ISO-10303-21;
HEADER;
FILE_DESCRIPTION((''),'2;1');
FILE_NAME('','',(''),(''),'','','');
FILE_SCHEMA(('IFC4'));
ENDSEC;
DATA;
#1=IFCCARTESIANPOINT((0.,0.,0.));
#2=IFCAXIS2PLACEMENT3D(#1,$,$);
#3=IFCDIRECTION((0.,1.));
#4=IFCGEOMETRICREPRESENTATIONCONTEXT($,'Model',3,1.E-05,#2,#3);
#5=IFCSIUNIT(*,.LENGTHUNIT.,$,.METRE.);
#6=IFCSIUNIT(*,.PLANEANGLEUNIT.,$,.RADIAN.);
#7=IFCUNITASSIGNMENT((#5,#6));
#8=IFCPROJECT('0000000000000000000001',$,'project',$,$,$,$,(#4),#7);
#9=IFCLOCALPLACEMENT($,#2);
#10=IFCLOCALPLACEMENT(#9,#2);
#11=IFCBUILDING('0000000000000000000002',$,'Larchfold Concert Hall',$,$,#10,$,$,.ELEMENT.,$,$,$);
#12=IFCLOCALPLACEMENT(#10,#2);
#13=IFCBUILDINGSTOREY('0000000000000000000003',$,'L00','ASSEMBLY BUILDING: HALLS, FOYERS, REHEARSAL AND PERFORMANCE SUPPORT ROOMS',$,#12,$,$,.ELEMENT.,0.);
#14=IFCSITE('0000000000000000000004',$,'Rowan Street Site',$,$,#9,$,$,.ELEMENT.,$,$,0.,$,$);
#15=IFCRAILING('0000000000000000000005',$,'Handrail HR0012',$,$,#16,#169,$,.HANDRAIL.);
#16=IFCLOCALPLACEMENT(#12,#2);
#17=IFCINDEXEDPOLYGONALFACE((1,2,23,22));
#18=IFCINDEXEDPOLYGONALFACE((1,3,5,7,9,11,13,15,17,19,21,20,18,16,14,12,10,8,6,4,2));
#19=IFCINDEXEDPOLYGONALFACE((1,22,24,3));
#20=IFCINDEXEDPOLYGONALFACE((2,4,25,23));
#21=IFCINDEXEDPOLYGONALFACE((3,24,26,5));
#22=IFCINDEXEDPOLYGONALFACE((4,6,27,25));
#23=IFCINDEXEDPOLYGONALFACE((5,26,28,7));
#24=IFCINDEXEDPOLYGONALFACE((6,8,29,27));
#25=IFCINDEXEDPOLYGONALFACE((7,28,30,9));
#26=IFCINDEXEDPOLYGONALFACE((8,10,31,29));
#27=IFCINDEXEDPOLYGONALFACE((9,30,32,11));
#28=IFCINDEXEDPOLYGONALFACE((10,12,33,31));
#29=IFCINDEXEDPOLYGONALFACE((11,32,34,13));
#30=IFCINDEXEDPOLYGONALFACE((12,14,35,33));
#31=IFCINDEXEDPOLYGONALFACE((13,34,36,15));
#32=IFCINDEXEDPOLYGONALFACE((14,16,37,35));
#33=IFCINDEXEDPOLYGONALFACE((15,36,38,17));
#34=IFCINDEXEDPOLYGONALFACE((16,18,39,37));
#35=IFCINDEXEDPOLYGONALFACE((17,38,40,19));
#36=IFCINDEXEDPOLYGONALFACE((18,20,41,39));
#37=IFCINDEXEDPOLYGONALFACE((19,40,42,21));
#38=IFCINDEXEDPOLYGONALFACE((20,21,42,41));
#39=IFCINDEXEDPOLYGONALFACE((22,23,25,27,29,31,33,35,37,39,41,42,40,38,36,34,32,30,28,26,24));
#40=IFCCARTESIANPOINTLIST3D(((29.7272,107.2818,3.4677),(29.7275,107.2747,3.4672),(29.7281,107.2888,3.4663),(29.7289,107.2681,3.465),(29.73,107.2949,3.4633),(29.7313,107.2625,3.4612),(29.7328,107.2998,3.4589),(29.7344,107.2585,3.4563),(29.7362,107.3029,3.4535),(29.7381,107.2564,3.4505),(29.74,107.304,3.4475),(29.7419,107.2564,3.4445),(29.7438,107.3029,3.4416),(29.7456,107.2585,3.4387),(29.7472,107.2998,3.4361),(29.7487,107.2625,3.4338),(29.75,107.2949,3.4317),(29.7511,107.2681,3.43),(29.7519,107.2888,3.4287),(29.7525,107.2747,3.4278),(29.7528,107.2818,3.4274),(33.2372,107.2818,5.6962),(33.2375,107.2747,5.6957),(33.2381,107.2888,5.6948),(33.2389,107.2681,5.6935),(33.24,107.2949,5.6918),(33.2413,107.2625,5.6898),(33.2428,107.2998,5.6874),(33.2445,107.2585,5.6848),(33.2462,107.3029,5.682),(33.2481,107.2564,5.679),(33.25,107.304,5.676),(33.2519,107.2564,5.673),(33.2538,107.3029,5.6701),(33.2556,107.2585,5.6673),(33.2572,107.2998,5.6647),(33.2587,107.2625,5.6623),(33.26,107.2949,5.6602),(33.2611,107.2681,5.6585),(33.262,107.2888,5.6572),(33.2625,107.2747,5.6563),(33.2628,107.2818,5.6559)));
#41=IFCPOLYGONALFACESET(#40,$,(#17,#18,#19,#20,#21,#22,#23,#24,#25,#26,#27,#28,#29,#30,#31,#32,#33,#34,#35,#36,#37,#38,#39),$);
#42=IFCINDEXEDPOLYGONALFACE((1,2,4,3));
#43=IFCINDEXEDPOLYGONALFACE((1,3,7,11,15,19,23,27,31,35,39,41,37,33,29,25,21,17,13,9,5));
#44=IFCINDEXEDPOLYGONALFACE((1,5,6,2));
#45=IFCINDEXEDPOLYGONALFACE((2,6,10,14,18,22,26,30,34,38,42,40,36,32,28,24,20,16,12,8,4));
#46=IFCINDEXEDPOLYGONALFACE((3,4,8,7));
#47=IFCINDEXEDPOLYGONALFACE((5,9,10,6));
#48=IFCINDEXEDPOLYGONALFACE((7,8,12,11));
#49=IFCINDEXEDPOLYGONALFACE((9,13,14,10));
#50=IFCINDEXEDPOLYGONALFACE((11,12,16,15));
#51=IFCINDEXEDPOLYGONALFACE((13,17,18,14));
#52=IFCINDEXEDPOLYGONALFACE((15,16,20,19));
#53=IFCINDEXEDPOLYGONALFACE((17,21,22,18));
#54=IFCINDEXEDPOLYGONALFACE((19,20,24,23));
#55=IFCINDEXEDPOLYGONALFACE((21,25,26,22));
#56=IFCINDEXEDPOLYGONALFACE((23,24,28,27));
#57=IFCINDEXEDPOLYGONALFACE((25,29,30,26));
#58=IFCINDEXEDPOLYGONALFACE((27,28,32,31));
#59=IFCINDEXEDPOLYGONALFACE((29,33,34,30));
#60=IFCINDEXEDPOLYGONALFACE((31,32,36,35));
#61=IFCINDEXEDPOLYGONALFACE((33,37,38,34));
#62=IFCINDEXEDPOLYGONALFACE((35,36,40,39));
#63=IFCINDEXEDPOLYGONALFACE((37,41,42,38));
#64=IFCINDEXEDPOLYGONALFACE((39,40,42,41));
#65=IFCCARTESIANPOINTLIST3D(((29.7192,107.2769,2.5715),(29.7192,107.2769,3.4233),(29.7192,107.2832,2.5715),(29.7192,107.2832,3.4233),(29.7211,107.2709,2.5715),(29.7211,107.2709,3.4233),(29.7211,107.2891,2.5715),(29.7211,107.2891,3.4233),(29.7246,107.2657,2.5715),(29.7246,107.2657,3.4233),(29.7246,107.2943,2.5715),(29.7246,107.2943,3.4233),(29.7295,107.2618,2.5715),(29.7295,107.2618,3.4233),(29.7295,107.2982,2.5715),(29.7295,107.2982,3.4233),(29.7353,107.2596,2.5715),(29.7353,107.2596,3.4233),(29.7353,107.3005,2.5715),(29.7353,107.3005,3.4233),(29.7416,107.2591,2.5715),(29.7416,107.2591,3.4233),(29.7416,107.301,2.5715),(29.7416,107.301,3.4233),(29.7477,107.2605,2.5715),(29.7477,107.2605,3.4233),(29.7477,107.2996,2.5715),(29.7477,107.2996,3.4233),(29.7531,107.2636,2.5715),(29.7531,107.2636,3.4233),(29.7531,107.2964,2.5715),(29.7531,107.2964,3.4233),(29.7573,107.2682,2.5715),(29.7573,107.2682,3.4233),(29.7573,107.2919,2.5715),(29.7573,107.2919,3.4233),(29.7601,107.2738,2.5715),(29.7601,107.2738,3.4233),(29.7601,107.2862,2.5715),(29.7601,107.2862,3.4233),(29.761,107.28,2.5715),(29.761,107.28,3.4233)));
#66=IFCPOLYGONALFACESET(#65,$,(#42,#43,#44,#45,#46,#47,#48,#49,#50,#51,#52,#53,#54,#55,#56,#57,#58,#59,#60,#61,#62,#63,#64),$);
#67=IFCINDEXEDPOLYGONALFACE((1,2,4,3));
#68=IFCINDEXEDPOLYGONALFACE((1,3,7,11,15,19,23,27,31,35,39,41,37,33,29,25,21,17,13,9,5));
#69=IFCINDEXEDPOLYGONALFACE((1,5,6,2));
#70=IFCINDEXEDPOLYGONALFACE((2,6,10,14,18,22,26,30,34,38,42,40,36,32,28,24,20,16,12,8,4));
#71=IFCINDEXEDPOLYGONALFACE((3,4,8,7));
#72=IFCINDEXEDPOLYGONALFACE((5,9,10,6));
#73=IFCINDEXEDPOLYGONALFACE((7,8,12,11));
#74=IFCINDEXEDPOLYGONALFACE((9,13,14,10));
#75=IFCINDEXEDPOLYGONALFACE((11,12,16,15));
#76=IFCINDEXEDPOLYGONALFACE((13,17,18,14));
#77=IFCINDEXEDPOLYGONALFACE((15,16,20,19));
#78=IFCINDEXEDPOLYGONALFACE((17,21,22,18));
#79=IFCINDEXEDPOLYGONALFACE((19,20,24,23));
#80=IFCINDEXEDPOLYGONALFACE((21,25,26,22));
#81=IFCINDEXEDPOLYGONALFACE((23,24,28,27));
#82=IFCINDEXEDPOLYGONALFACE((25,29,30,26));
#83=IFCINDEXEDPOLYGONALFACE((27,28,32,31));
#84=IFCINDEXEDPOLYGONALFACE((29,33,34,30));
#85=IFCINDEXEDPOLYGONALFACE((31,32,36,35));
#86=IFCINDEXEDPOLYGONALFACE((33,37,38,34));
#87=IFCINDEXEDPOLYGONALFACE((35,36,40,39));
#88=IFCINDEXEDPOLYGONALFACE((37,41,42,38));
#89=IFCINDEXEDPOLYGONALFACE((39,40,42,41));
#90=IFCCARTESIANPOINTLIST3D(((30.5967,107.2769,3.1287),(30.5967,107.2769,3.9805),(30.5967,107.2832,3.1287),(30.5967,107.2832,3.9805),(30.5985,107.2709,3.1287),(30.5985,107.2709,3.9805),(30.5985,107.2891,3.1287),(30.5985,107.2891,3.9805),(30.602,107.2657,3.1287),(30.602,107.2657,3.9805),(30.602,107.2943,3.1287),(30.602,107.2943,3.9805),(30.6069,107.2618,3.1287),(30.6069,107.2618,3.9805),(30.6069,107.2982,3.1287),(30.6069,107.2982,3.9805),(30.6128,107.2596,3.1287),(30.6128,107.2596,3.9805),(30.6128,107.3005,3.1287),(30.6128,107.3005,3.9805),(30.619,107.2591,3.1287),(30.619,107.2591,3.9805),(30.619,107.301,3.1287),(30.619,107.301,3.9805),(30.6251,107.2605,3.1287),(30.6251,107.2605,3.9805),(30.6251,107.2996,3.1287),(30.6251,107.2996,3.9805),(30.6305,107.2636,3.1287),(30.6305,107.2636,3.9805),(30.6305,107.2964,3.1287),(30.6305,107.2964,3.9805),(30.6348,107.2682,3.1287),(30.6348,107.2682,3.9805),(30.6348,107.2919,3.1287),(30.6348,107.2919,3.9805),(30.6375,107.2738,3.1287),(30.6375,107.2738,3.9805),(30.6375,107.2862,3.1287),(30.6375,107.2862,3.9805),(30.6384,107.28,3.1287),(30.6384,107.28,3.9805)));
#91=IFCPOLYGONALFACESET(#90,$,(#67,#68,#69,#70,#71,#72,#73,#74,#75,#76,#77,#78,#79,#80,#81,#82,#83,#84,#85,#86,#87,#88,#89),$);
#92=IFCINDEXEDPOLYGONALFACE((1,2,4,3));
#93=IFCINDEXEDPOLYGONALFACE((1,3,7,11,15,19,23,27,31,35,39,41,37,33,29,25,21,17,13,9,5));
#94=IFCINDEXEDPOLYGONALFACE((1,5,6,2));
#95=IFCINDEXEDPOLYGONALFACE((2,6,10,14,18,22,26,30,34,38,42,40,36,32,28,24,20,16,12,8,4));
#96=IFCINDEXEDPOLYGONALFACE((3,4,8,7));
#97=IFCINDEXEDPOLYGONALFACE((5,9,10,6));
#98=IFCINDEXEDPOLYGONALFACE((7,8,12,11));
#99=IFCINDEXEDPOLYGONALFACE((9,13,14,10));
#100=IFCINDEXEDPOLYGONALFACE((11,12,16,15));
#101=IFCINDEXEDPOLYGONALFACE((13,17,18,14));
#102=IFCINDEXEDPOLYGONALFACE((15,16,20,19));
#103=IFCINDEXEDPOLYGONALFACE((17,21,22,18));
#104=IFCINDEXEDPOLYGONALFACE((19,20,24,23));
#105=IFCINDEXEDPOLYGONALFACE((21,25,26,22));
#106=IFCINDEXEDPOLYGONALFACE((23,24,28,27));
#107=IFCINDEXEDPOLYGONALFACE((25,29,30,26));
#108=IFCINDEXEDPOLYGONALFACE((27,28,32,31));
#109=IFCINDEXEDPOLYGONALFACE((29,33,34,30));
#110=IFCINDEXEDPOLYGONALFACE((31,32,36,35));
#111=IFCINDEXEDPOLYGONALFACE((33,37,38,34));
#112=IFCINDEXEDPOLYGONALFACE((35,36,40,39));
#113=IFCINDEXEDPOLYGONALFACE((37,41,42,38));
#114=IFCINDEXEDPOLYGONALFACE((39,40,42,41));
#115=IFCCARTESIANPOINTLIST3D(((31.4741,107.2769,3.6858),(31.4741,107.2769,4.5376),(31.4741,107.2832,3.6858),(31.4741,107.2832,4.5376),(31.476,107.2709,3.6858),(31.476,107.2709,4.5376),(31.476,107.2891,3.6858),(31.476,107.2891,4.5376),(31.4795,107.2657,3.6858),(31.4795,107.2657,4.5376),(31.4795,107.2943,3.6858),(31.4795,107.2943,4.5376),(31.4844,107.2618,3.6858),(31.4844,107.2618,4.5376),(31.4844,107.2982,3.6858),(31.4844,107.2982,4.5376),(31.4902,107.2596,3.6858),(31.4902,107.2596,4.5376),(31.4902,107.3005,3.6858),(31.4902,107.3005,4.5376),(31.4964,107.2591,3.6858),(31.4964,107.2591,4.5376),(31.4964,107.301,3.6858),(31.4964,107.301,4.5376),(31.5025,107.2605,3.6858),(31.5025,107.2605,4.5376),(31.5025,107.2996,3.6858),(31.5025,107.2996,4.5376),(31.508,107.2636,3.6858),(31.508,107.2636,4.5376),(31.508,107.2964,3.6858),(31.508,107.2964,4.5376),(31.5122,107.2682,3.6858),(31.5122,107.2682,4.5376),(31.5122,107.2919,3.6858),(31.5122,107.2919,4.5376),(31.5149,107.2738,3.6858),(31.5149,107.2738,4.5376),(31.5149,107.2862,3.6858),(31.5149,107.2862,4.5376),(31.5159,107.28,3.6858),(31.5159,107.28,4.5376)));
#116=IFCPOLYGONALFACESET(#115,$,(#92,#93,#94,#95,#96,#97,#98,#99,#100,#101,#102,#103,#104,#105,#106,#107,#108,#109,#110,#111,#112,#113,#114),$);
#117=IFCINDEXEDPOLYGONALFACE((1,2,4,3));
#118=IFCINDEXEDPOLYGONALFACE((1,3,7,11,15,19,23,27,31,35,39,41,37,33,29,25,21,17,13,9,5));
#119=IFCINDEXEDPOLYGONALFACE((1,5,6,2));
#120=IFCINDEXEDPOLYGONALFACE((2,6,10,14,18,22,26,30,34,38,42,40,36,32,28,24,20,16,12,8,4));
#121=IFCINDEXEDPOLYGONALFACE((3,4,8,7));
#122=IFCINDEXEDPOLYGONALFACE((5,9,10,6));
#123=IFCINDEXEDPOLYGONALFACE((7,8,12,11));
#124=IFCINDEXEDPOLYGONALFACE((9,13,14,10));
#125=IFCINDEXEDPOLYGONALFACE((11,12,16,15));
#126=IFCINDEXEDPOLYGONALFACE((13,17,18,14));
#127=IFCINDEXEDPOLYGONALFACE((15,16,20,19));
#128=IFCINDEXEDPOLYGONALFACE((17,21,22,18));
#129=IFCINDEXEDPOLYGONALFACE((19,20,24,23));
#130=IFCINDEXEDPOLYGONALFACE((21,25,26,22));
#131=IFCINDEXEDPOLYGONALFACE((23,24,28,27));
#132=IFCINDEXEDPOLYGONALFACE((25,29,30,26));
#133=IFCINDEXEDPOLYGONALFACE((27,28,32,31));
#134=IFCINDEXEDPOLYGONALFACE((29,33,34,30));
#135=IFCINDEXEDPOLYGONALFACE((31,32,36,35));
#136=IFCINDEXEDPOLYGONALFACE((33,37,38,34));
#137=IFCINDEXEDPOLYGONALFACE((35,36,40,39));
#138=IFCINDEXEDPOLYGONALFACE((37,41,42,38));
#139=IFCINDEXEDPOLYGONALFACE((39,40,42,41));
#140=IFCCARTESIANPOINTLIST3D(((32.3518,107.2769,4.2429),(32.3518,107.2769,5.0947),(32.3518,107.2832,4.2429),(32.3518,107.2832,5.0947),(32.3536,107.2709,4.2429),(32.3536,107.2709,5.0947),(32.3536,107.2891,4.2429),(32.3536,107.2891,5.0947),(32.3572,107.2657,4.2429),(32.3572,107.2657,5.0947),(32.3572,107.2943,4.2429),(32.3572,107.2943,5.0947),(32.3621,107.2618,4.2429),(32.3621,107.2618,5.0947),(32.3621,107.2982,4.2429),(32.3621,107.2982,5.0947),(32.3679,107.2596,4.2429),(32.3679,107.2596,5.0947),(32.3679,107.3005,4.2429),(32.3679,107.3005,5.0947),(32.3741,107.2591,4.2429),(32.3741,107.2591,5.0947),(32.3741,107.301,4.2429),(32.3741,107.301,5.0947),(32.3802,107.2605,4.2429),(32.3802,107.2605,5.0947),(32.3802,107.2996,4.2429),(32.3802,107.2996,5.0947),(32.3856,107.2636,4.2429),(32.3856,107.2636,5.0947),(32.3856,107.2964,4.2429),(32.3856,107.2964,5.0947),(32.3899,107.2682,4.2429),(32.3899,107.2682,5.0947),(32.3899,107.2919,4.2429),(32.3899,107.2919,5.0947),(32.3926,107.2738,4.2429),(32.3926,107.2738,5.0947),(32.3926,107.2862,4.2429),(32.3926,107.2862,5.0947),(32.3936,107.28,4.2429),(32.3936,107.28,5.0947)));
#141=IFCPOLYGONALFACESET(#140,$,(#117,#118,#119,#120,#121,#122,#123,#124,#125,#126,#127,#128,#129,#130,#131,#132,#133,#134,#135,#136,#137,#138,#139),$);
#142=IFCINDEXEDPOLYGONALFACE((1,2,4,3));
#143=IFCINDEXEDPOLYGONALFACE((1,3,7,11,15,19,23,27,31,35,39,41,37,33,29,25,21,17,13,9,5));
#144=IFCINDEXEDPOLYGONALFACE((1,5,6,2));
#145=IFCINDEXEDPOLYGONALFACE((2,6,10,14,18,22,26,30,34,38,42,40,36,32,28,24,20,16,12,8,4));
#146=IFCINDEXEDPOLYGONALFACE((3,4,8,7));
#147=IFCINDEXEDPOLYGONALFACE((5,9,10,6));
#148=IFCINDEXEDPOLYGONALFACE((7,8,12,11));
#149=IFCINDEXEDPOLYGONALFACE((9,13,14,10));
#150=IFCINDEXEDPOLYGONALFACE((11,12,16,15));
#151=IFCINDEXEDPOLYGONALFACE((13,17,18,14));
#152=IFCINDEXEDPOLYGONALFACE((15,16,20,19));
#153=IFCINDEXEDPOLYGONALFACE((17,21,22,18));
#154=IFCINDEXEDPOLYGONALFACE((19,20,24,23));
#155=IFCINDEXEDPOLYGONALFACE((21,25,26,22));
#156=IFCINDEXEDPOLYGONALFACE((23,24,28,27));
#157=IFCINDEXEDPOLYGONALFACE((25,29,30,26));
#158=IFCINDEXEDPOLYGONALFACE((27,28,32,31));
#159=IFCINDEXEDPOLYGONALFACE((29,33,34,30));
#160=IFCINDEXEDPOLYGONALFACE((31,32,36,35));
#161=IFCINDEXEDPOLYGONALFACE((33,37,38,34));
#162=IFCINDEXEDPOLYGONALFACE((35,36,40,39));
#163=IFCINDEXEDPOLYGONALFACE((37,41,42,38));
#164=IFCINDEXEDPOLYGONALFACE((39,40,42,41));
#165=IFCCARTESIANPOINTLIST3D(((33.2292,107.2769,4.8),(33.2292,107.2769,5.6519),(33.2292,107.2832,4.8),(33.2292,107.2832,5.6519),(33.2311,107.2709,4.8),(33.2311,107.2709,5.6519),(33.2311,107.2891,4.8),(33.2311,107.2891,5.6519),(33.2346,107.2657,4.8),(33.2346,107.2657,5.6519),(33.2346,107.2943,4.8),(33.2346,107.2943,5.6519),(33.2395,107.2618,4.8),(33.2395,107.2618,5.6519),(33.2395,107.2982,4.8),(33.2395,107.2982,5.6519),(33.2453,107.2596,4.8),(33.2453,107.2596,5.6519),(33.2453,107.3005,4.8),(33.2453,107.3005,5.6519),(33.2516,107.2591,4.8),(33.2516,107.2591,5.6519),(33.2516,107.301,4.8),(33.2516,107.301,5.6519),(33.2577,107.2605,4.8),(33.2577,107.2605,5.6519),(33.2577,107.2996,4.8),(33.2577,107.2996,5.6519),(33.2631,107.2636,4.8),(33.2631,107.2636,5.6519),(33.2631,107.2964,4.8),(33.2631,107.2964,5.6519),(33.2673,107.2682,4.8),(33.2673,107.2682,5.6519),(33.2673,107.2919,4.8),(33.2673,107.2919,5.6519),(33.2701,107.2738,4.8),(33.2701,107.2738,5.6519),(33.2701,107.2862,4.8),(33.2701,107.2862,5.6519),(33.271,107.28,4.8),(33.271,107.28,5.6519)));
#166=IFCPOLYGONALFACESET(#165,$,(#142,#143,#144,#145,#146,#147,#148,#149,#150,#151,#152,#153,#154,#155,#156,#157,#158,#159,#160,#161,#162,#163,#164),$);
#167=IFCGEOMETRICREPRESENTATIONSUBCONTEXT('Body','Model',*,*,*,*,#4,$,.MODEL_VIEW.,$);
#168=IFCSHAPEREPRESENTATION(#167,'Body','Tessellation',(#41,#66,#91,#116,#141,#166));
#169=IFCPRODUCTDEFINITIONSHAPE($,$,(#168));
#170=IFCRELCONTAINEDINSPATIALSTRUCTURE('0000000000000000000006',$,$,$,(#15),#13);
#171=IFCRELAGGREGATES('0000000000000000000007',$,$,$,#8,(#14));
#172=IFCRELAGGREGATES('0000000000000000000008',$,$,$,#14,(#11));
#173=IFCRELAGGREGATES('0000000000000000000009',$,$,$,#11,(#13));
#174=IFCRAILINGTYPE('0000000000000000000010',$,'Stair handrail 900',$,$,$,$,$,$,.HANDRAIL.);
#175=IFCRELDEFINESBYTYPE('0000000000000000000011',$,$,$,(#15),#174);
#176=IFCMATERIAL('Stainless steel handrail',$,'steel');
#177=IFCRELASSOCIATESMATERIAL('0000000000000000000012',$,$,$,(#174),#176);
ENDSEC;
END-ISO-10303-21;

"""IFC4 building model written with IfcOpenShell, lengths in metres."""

from ifc_helpers import new_model, si_unit, direction, frame, origin, origin_2d, place, context, subcontext, project, spatial, circle, extrude, material, type_object, element, save


model = new_model("IFC4")

# Units and contexts
model_context = context("Model", 3, precision=1e-05, world=origin(), true_north=direction((0.0, 1.0)))
body_context = subcontext(model_context, "Body", "Model", "MODEL_VIEW")
ifc_project = project(units=[si_unit("LENGTHUNIT", "METRE"), si_unit("PLANEANGLEUNIT", "RADIAN")], contexts=[model_context])

# Site, building, storey
site_placement = place(None, origin())
site = spatial("IfcSite", under=ifc_project, at=site_placement, Name="Rowan Street Site", CompositionType="ELEMENT", RefElevation=0.0)
building_placement = place(site_placement, origin())
building = spatial("IfcBuilding", under=site, at=building_placement, Name="Larchfold Concert Hall", CompositionType="ELEMENT")
storey_placement = place(building_placement, origin())
storey = spatial("IfcBuildingStorey", under=building, at=storey_placement, Name="L00", Description="ASSEMBLY BUILDING: HALLS, FOYERS, REHEARSAL AND PERFORMANCE SUPPORT ROOMS", CompositionType="ELEMENT", Elevation=0.0)

# Railing
ifc_material_1 = material(Name="Stainless steel handrail", Category="steel")
railing_type_1 = type_object("IfcRailingType", Name="Stair handrail 900", PredefinedType="HANDRAIL", material=ifc_material_1)
railing_1_placement = place(storey_placement, frame((29.74, 107.28, 2.5715)))
element("IfcRailing", 1, at=railing_1_placement, inside=storey, type_object=railing_type_1, Name="Handrail HR0012", PredefinedType="HANDRAIL", context=body_context, shape_type="SweptSolid", body=[
    extrude(circle(Radius=0.0239, at=origin_2d()), frame((0.0, 0.0, 0.876), z_axis=(0.84422, 0.0, 0.535998), x_axis=(0.0, 1.0, 0.0)), (0.0, 0.0, 1.0), 4.1577),
    extrude(circle(Radius=0.021, at=origin_2d()), origin(), (0.0, 0.0, 1.0), 0.8518),
    extrude(circle(Radius=0.021, at=origin_2d()), frame((0.8774, 0.0, 0.5571)), (0.0, 0.0, 1.0), 0.8518),
    extrude(circle(Radius=0.021, at=origin_2d()), frame((1.7549, 0.0, 1.1143)), (0.0, 0.0, 1.0), 0.8518),
    extrude(circle(Radius=0.021, at=origin_2d()), frame((2.6326, 0.0, 1.6714)), (0.0, 0.0, 1.0), 0.8518),
    extrude(circle(Radius=0.021, at=origin_2d()), frame((3.51, 0.0, 2.2285)), (0.0, 0.0, 1.0), 0.8518),
])

save(model, "model.ifc")
